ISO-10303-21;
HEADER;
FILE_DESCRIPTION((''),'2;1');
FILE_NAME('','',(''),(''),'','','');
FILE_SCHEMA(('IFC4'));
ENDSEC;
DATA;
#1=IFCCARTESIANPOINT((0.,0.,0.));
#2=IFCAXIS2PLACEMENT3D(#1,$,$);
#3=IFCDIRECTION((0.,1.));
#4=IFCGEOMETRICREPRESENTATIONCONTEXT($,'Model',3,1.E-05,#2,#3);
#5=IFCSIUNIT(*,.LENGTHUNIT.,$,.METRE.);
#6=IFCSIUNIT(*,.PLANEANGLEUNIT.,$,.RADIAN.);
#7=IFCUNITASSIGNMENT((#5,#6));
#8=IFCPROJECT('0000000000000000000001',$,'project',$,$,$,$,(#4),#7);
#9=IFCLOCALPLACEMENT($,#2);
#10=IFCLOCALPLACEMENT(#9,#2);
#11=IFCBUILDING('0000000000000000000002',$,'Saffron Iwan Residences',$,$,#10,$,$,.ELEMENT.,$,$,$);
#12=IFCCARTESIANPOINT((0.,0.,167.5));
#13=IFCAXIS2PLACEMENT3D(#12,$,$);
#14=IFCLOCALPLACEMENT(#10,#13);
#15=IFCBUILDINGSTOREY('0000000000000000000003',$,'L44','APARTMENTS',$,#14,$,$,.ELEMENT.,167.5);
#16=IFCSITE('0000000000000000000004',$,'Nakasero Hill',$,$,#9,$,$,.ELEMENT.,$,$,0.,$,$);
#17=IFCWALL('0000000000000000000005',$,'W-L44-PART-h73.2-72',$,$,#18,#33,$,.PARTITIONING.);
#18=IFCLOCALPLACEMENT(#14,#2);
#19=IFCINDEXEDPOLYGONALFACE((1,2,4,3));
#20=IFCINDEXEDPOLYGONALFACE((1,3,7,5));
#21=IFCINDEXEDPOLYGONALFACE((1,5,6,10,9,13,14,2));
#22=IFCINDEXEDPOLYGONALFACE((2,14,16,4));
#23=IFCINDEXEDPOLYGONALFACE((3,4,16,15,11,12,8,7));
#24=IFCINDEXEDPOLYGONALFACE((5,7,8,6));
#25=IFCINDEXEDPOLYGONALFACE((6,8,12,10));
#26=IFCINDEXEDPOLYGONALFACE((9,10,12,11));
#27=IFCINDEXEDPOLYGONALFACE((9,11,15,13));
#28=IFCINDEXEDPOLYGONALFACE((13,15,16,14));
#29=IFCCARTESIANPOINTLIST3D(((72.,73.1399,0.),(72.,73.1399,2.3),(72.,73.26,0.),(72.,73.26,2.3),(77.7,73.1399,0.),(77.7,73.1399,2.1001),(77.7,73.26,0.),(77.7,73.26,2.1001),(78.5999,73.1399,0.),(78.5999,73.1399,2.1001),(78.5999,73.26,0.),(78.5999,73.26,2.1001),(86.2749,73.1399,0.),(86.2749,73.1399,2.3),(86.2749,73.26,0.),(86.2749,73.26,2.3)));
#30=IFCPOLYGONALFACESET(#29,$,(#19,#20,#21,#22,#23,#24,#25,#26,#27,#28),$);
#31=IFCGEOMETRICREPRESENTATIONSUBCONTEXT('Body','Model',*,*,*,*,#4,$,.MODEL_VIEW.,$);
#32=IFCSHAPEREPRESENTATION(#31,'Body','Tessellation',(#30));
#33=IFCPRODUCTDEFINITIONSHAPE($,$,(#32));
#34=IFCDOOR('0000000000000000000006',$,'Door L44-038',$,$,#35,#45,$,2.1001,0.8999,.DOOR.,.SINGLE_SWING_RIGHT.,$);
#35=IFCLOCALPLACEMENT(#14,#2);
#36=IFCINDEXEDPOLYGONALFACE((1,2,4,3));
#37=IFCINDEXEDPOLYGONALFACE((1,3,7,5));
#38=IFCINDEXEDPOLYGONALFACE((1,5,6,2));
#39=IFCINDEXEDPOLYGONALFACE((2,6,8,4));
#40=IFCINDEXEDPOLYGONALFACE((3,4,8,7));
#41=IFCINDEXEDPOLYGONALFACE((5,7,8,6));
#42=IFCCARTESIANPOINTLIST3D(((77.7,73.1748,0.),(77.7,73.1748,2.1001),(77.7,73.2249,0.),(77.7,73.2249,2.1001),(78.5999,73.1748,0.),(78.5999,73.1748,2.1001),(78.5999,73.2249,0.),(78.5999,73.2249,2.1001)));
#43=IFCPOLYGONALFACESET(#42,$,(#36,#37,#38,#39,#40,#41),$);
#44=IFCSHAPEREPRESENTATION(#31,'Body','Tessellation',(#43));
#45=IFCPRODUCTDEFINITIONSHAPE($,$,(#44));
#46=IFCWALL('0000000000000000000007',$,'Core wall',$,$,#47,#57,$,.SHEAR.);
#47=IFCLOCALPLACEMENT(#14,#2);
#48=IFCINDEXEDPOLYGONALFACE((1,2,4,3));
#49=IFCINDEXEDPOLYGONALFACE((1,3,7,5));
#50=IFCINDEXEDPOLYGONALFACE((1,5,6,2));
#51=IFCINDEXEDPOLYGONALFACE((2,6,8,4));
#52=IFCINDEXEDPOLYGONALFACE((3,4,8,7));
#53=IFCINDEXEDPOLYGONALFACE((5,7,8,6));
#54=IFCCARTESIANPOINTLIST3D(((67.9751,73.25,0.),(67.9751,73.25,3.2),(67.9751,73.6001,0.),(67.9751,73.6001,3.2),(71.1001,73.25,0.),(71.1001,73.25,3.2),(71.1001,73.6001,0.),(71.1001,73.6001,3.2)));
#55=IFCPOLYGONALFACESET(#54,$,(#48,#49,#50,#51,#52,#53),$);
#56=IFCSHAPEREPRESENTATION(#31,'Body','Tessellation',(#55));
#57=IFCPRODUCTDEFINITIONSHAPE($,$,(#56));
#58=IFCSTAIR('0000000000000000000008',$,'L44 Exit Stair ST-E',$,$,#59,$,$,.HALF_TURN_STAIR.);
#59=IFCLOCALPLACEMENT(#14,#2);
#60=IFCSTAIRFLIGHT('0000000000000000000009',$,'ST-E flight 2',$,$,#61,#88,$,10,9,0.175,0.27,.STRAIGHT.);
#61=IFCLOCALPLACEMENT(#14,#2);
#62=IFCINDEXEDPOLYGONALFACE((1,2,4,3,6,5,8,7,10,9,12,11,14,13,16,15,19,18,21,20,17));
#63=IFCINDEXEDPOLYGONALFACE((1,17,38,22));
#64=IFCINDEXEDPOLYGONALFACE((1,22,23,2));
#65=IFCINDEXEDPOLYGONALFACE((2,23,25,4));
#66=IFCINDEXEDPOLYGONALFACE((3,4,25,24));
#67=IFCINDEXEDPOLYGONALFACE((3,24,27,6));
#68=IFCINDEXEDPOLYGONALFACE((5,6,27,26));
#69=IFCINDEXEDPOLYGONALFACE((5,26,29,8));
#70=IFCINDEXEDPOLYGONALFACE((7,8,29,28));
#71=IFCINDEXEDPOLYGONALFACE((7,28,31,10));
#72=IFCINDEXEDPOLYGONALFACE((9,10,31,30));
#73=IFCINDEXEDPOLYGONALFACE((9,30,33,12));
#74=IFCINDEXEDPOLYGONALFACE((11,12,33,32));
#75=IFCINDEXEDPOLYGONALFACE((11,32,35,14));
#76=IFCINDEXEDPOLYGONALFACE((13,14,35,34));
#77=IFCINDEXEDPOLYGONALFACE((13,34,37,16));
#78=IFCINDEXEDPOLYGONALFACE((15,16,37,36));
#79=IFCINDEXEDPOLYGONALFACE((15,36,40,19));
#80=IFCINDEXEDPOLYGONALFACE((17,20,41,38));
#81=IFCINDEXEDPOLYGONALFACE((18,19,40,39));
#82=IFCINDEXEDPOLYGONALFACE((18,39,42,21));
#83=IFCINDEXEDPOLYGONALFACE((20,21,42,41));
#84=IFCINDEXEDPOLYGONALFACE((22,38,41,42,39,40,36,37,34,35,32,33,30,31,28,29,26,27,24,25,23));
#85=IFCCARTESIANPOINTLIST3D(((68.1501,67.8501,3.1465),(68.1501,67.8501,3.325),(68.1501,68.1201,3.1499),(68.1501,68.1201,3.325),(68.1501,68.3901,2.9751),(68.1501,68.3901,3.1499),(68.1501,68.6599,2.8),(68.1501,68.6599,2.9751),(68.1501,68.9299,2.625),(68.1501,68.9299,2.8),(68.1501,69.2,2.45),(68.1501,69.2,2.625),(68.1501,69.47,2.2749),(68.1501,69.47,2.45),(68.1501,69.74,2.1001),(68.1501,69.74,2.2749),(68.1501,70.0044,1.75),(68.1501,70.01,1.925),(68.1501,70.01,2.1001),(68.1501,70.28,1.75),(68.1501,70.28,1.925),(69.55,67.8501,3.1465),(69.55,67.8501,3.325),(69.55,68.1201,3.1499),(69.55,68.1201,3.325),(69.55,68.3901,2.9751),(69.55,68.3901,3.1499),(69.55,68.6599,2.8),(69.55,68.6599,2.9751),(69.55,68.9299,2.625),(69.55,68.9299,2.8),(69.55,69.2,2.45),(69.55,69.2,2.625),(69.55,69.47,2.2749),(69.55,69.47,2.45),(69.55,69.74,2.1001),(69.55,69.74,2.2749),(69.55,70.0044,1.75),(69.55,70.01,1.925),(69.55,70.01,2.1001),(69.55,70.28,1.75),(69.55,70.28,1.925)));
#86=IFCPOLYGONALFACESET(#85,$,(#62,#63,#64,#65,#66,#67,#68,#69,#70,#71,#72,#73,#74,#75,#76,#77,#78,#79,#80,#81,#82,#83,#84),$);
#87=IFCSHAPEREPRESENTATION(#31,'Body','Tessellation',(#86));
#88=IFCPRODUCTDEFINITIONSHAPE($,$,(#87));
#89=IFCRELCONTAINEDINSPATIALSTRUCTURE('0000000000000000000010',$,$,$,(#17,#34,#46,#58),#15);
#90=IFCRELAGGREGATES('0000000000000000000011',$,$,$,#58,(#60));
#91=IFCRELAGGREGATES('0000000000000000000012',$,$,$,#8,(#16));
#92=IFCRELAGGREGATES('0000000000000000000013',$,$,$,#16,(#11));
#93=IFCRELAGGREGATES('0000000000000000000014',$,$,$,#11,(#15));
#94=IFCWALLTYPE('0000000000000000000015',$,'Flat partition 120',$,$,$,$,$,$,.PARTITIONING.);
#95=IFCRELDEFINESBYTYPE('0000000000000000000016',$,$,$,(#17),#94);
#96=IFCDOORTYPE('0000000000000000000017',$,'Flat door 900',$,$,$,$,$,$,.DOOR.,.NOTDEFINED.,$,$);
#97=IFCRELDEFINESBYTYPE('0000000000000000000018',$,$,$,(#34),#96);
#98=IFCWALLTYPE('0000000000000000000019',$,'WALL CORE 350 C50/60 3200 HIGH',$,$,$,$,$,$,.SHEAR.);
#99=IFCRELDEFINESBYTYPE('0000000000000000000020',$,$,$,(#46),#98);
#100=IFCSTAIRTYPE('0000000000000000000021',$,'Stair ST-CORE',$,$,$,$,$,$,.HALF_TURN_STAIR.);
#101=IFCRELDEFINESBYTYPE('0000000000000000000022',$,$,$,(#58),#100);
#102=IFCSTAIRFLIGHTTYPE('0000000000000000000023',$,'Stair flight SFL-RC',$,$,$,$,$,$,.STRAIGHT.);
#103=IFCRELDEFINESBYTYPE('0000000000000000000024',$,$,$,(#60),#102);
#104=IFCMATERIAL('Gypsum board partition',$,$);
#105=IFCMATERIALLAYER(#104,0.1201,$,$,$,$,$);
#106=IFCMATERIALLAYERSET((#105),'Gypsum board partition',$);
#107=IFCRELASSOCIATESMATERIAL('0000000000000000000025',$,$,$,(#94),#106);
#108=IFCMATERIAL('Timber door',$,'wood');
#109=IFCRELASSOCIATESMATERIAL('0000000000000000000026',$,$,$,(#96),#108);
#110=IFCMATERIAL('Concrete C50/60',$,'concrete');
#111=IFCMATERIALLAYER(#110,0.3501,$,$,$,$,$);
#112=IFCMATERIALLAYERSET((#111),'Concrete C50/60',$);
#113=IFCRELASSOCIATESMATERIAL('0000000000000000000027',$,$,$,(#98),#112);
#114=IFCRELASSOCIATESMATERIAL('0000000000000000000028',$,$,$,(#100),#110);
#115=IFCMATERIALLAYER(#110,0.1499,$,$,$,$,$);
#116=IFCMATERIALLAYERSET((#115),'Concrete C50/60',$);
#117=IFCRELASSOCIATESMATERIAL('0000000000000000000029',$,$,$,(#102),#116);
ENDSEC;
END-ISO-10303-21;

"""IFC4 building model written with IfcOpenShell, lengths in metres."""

from ifc_helpers import new_model, si_unit, direction, frame, frame_2d, origin, place, context, subcontext, project, spatial, polyline, rectangle, outline, extrude, material, layer, layer_set, type_object, element, fill, aggregate, save


model = new_model("IFC4")

# Units and contexts
model_context = context("Model", 3, precision=1e-05, world=origin(), true_north=direction((0.0, 1.0)))
body_context = subcontext(model_context, "Body", "Model", "MODEL_VIEW")
ifc_project = project(units=[si_unit("LENGTHUNIT", "METRE"), si_unit("PLANEANGLEUNIT", "RADIAN")], contexts=[model_context])

# Site, building, storey
site_placement = place(None, origin())
site = spatial("IfcSite", under=ifc_project, at=site_placement, Name="Nakasero Hill", CompositionType="ELEMENT", RefElevation=0.0)
building_placement = place(site_placement, origin())
building = spatial("IfcBuilding", under=site, at=building_placement, Name="Saffron Iwan Residences", CompositionType="ELEMENT")
storey_placement = place(building_placement, frame((0.0, 0.0, 167.5)))
storey = spatial("IfcBuildingStorey", under=building, at=storey_placement, Name="L44", Description="APARTMENTS", CompositionType="ELEMENT", Elevation=167.5)

# Shared definitions
ifc_material_1 = material(Name="Concrete C50/60", Category="concrete")

# Wall, opening, door
ifc_material_2 = material(Name="Gypsum board partition")
ifc_layer_1 = layer(ifc_material_2, 0.1201)
ifc_layer_set_1 = layer_set([ifc_layer_1], Name="Gypsum board partition")
wall_type_1 = type_object("IfcWallType", Name="Flat partition 120", PredefinedType="PARTITIONING", material=ifc_layer_set_1)
wall_1_placement = place(storey_placement, frame((72.0, 73.2, 0.0), z_axis=(0.0, 0.0, 1.0), x_axis=(1.0, 0.0, 0.0)))
wall_1 = element("IfcWall", 1, at=wall_1_placement, inside=storey, type_object=wall_type_1, Name="W-L44-PART-h73.2-72", PredefinedType="PARTITIONING", context=body_context, shape_type="SweptSolid", body=[
    extrude(rectangle(XDim=14.2749, YDim=0.1201, at=frame_2d((7.1375, 0.0))), origin(), (0.0, 0.0, 1.0), 2.3),
])
opening_1_placement = place(wall_1_placement, frame((5.7, 0.0, 0.0)))
opening_1 = element("IfcOpeningElement", 2, at=opening_1_placement, cuts=wall_1, PredefinedType="OPENING", context=body_context, shape_type="SweptSolid", body=[
    extrude(rectangle(XDim=0.8999, YDim=2.1001, at=frame_2d((0.45, 1.05))), frame((0.0, 0.0701, 0.0), z_axis=(0.0, -1.0, 0.0), x_axis=(1.0, 0.0, 0.0)), (0.0, 0.0, 1.0), 0.1401),
])
ifc_material_3 = material(Name="Timber door", Category="wood")
door_type_1 = type_object("IfcDoorType", Name="Flat door 900", OperationType="NOTDEFINED", PredefinedType="DOOR", material=ifc_material_3)
door_1_placement = place(opening_1_placement, origin())
door_1 = element("IfcDoor", 3, at=door_1_placement, inside=storey, type_object=door_type_1, Name="Door L44-038", OperationType="SINGLE_SWING_RIGHT", OverallHeight=2.1001, OverallWidth=0.8999, PredefinedType="DOOR", context=body_context, shape_type="SweptSolid", body=[
    extrude(rectangle(XDim=0.8999, YDim=2.1001, at=frame_2d((0.45, 1.05))), frame((0.0, 0.0249, 0.0), z_axis=(0.0, -1.0, 0.0), x_axis=(1.0, 0.0, 0.0)), (0.0, 0.0, 1.0), 0.05),
])
fill(opening_1, door_1)

# Wall
ifc_layer_2 = layer(ifc_material_1, 0.3501)
ifc_layer_set_2 = layer_set([ifc_layer_2], Name="Concrete C50/60")
wall_type_2 = type_object("IfcWallType", Name="WALL CORE 350 C50/60 3200 HIGH", PredefinedType="SHEAR", material=ifc_layer_set_2)
wall_2_placement = place(storey_placement, frame((67.9751, 73.425, 0.0), z_axis=(0.0, 0.0, 1.0), x_axis=(1.0, 0.0, 0.0)))
element("IfcWall", 4, at=wall_2_placement, inside=storey, type_object=wall_type_2, Name="Core wall", PredefinedType="SHEAR", context=body_context, shape_type="SweptSolid", body=[
    extrude(rectangle(XDim=3.125, YDim=0.3501, at=frame_2d((1.5625, 0.0))), origin(), (0.0, 0.0, 1.0), 3.2),
])

# Stair, stair flight
stair_type = type_object("IfcStairType", Name="Stair ST-CORE", PredefinedType="HALF_TURN_STAIR", material=ifc_material_1)
stair_placement = place(storey_placement, origin())
stair = element("IfcStair", 5, at=stair_placement, inside=storey, type_object=stair_type, Name="L44 Exit Stair ST-E", PredefinedType="HALF_TURN_STAIR")
ifc_layer_3 = layer(ifc_material_1, 0.1499)
ifc_layer_set_3 = layer_set([ifc_layer_3], Name="Concrete C50/60")
stair_flight_type = type_object("IfcStairFlightType", Name="Stair flight SFL-RC", PredefinedType="STRAIGHT", material=ifc_layer_set_3)
stair_flight_placement = place(storey_placement, frame((68.8501, 70.28, 1.75), z_axis=(0.0, 0.0, 1.0), x_axis=(0.0, -1.0, 0.0)))
stair_flight = element("IfcStairFlight", 6, at=stair_flight_placement, type_object=stair_flight_type, Name="ST-E flight 2", NumberOfRisers=10, NumberOfTreads=9, PredefinedType="STRAIGHT", RiserHeight=0.175, TreadLength=0.27, context=body_context, shape_type="SweptSolid", body=[
    extrude(outline(polyline([(0.0, 0.0), (0.0, 0.175), (0.27, 0.175), (0.27, 0.3501), (0.54, 0.3501), (0.54, 0.5249), (0.8101, 0.5249), (0.8101, 0.7), (1.0801, 0.7), (1.0801, 0.875), (1.3501, 0.875), (1.3501, 1.05), (1.6201, 1.05), (1.6201, 1.2251), (1.8899, 1.2251), (1.8899, 1.3999), (2.1599, 1.3999), (2.1599, 1.575), (2.4299, 1.575), (2.4299, 1.75), (2.4299, 1.3965), (0.2756, 0.0), (0.0, 0.0)])), frame((0.0, 0.7, 0.0), z_axis=(0.0, -1.0, 0.0), x_axis=(1.0, 0.0, 0.0)), (0.0, 0.0, 1.0), 1.3999),
])
aggregate(stair, [stair_flight])

save(model, "model.ifc")
